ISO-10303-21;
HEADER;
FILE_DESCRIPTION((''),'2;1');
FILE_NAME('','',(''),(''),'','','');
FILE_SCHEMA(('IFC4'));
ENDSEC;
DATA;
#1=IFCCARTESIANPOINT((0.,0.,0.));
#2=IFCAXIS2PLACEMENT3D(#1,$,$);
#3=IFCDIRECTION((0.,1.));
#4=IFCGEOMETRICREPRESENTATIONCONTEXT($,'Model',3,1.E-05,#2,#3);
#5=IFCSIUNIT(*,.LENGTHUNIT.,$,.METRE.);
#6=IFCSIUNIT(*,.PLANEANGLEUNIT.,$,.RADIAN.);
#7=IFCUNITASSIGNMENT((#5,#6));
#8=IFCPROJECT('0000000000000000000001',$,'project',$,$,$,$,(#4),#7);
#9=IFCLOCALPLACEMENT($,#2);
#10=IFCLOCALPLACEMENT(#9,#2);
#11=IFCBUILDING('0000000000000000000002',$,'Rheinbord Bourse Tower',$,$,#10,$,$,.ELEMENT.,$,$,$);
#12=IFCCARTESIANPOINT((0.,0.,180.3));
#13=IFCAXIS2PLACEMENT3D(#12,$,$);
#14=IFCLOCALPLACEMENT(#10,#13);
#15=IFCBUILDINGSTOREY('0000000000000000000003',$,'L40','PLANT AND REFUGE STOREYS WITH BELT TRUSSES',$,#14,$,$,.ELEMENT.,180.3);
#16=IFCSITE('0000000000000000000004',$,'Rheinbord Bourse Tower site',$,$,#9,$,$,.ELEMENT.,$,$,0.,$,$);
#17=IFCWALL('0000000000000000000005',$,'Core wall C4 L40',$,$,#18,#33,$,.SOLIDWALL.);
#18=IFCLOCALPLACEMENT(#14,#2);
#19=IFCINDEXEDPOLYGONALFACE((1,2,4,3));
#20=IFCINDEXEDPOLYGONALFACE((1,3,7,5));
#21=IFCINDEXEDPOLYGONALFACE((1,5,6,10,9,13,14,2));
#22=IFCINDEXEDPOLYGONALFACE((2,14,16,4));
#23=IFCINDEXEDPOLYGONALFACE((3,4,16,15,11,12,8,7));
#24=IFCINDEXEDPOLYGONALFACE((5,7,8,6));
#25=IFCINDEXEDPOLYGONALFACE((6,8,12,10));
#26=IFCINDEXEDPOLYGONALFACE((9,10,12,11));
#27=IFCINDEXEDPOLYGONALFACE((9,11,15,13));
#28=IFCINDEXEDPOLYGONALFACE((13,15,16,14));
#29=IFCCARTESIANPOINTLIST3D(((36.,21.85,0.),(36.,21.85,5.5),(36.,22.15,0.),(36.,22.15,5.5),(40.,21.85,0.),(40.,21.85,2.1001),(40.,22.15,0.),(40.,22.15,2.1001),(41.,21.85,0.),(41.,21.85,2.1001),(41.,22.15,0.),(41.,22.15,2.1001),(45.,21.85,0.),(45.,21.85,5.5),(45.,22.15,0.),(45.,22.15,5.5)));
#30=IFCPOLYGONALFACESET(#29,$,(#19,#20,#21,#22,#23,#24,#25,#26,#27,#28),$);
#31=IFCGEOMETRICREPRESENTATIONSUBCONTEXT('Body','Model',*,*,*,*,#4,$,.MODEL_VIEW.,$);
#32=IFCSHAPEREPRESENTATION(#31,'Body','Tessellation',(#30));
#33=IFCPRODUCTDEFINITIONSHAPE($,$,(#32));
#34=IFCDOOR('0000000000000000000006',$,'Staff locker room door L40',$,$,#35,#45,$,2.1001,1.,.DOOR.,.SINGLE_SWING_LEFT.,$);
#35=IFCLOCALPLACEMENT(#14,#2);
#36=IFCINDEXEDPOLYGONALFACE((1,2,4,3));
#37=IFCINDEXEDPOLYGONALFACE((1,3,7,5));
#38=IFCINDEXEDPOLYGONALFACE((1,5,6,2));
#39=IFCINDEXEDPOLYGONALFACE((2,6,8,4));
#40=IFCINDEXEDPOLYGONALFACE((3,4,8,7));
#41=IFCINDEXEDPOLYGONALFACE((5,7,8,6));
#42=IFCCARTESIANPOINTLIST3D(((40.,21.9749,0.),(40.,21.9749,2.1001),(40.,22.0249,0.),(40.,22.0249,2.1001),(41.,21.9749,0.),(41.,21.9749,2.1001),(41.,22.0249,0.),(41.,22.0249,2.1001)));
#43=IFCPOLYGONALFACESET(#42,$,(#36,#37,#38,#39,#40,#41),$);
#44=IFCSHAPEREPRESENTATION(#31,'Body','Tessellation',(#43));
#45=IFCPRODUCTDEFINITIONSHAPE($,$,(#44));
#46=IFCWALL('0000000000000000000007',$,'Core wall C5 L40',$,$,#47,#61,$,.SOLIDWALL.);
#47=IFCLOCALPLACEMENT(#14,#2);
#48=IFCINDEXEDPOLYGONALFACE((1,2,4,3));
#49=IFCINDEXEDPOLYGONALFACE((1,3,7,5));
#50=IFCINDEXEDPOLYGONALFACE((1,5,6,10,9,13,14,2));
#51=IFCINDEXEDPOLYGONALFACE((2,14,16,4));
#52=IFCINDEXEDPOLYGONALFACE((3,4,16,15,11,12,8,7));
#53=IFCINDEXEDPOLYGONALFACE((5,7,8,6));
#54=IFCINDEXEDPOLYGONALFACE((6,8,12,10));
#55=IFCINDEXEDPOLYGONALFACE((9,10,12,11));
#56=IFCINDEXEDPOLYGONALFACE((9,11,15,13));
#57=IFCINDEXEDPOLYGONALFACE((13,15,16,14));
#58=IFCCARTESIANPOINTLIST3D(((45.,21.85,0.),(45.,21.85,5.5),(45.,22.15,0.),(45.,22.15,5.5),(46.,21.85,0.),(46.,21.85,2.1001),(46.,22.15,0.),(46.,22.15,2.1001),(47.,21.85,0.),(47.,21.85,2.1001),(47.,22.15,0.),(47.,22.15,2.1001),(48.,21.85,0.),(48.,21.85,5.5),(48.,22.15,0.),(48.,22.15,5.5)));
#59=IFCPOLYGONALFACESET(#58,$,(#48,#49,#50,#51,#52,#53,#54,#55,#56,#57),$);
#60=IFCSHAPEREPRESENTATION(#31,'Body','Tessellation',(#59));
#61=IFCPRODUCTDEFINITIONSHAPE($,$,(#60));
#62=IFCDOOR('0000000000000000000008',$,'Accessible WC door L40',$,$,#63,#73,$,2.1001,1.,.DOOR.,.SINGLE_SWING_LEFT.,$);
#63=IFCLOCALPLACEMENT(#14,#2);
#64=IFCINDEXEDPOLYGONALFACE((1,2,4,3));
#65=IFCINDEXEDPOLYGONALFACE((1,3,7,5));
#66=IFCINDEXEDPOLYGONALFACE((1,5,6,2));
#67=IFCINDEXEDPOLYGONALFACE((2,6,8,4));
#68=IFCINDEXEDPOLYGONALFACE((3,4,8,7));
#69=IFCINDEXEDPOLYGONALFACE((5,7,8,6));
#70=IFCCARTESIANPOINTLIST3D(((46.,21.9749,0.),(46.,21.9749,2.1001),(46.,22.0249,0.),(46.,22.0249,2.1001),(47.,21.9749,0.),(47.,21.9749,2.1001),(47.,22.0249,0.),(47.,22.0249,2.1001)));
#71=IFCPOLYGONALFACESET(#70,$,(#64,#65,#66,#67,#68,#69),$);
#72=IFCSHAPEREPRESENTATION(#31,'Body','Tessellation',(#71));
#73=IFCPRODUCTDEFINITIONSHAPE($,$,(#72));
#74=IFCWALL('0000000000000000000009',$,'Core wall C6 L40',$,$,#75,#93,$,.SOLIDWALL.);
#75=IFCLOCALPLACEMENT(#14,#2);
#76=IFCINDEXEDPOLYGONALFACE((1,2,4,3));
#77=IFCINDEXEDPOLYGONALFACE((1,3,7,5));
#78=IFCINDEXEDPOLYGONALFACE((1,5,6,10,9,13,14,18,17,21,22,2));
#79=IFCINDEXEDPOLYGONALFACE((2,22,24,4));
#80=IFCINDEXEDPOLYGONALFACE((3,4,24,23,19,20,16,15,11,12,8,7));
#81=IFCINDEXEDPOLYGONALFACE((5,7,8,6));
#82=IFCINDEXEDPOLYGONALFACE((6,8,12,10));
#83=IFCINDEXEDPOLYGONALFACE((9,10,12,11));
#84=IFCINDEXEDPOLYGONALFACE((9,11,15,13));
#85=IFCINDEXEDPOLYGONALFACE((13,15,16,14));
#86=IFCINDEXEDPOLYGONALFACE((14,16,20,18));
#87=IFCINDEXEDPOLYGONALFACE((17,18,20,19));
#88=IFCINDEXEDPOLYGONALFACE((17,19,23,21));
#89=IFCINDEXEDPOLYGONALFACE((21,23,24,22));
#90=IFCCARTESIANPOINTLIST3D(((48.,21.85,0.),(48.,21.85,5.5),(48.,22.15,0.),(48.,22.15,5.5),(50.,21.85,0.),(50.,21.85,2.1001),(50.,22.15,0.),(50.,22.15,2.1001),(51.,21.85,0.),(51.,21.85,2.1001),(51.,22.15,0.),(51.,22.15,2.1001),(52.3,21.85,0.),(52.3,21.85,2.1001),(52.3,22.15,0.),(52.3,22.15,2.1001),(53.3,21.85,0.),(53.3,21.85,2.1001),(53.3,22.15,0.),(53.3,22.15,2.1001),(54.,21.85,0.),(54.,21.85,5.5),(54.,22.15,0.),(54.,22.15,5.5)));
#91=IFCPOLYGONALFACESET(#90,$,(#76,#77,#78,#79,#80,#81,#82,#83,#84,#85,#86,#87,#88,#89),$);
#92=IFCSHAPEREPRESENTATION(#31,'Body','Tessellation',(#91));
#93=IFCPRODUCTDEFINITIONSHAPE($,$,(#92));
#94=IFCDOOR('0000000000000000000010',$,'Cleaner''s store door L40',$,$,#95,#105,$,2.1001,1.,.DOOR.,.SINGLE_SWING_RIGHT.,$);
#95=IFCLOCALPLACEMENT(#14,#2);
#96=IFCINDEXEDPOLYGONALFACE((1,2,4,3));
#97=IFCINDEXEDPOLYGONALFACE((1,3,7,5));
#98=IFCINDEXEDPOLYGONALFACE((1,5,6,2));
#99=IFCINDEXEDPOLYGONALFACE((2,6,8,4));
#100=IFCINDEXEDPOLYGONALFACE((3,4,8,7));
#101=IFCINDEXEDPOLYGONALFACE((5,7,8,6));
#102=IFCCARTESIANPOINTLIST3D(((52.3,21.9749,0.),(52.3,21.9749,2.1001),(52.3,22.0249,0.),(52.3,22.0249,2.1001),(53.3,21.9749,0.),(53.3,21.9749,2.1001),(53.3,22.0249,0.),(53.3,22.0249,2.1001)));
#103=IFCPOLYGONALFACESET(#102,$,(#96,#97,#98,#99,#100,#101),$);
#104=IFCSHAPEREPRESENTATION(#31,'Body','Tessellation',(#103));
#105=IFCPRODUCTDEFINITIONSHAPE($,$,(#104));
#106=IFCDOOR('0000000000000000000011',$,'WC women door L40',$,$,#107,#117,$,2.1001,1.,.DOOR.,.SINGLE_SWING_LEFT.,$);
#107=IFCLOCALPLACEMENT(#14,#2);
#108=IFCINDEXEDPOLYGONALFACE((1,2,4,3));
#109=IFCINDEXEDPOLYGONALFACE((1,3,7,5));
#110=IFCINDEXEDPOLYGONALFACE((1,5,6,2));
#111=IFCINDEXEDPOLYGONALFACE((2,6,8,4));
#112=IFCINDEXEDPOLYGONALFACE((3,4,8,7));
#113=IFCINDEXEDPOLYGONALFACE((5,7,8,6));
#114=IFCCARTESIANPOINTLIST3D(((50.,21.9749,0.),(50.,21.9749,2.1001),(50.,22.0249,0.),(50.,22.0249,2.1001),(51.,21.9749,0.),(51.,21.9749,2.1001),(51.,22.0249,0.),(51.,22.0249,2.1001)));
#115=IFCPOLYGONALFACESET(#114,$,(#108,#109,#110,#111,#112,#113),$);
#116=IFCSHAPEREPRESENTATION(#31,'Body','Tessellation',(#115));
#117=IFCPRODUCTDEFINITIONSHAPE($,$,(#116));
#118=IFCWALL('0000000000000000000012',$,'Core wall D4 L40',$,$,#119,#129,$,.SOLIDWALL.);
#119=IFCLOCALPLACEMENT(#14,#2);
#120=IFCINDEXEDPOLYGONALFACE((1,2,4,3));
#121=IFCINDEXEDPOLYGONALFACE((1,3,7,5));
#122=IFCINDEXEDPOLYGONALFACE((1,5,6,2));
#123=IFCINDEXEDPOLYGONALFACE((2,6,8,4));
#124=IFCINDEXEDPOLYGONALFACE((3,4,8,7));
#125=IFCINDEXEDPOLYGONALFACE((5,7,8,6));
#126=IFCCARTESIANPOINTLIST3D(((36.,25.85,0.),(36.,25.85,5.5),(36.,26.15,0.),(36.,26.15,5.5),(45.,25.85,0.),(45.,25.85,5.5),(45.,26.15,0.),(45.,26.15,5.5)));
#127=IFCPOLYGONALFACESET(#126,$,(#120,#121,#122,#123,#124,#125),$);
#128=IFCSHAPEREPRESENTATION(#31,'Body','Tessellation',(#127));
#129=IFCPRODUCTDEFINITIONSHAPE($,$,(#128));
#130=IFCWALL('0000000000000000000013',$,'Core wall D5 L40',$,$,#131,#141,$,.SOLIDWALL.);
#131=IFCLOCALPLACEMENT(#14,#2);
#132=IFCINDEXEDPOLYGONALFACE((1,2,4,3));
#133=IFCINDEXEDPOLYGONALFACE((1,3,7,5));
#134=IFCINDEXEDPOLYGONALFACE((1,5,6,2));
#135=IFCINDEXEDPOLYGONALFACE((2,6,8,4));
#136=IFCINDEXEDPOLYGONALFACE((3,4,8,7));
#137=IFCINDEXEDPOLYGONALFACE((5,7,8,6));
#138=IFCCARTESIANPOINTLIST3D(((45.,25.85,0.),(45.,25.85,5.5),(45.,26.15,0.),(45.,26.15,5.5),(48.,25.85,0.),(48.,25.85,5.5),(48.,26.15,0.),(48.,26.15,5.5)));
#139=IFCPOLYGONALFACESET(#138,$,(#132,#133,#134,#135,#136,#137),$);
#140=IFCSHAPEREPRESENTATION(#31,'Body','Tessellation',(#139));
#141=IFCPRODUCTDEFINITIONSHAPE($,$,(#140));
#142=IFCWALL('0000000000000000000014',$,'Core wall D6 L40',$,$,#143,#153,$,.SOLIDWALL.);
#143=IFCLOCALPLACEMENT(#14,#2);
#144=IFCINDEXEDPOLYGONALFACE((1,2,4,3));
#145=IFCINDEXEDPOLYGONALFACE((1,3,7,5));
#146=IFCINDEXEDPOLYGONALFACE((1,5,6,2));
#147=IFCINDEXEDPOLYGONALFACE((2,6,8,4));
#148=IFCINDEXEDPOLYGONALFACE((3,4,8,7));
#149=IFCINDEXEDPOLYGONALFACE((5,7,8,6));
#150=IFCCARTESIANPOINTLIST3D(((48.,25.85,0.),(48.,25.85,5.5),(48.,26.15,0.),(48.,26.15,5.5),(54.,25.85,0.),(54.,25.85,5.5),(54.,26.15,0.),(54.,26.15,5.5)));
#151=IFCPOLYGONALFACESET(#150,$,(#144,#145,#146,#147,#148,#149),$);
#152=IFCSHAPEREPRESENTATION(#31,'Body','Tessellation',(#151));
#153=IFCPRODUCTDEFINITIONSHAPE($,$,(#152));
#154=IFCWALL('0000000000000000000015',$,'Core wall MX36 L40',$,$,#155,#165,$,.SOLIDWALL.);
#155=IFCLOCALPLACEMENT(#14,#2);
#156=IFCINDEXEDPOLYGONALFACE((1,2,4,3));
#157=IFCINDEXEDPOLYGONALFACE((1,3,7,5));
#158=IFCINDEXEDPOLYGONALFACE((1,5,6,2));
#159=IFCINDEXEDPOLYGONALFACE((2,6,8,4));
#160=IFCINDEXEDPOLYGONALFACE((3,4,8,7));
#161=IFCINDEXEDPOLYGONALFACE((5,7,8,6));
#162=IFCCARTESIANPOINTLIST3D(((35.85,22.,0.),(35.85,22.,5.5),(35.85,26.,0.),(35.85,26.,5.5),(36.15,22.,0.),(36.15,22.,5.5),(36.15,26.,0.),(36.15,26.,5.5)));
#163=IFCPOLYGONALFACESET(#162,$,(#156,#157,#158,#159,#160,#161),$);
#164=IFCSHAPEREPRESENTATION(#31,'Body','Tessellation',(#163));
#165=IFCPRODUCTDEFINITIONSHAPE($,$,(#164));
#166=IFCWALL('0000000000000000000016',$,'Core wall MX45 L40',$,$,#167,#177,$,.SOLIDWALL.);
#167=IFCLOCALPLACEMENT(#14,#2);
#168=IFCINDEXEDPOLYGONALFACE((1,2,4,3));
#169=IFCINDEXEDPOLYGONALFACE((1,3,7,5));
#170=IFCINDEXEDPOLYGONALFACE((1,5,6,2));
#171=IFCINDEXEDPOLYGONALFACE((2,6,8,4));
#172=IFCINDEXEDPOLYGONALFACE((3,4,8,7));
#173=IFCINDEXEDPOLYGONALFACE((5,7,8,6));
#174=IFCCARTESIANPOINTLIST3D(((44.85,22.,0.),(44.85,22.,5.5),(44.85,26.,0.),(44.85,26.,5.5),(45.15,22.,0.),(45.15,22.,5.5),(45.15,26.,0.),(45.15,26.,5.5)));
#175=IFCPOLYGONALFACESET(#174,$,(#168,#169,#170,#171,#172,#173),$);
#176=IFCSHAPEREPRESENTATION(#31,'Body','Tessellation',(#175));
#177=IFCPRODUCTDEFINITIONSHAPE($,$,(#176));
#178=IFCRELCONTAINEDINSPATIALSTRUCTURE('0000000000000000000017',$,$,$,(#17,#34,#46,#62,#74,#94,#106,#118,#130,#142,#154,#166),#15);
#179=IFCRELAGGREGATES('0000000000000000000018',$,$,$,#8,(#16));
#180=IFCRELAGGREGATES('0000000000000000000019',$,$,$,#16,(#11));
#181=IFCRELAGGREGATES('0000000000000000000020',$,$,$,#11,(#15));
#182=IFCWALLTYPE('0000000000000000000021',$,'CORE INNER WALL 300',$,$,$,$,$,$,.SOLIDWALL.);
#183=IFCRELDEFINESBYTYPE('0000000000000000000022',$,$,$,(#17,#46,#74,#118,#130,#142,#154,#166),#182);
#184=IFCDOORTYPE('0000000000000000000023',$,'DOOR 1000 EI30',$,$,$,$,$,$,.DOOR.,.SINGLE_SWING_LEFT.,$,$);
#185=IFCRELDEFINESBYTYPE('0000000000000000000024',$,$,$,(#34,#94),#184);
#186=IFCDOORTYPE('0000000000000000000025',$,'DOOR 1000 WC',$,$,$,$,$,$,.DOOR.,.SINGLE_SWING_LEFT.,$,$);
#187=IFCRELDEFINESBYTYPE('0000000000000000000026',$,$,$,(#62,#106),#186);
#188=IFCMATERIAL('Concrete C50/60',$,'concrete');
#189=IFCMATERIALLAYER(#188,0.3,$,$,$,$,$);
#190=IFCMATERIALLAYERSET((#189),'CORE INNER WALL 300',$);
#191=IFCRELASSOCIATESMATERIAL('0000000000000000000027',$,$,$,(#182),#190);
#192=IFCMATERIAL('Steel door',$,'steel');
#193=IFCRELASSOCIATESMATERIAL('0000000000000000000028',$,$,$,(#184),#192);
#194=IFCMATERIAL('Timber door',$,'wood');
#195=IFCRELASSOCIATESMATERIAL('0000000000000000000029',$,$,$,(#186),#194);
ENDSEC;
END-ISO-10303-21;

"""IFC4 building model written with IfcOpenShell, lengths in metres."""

from ifc_helpers import new_model, si_unit, direction, frame, frame_2d, origin, place, context, subcontext, project, spatial, rectangle, extrude, material, layer, layer_set, type_object, element, fill, save


model = new_model("IFC4")

# Units and contexts
model_context = context("Model", 3, precision=1e-05, world=origin(), true_north=direction((0.0, 1.0)))
body_context = subcontext(model_context, "Body", "Model", "MODEL_VIEW")
ifc_project = project(units=[si_unit("LENGTHUNIT", "METRE"), si_unit("PLANEANGLEUNIT", "RADIAN")], contexts=[model_context])

# Site, building, storey
site_placement = place(None, origin())
site = spatial("IfcSite", under=ifc_project, at=site_placement, Name="Rheinbord Bourse Tower site", CompositionType="ELEMENT", RefElevation=0.0)
building_placement = place(site_placement, origin())
building = spatial("IfcBuilding", under=site, at=building_placement, Name="Rheinbord Bourse Tower", CompositionType="ELEMENT")
storey_placement = place(building_placement, frame((0.0, 0.0, 180.3)))
storey = spatial("IfcBuildingStorey", under=building, at=storey_placement, Name="L40", Description="PLANT AND REFUGE STOREYS WITH BELT TRUSSES", CompositionType="ELEMENT", Elevation=180.3)

# Shared definitions
ifc_material_1 = material(Name="Concrete C50/60", Category="concrete")
ifc_layer_1 = layer(ifc_material_1, 0.3)
ifc_layer_set_1 = layer_set([ifc_layer_1], Name="CORE INNER WALL 300")
wall_type_1 = type_object("IfcWallType", Name="CORE INNER WALL 300", PredefinedType="SOLIDWALL", material=ifc_layer_set_1)

# Shared definitions
ifc_material_2 = material(Name="Steel door", Category="steel")
door_type_1 = type_object("IfcDoorType", Name="DOOR 1000 EI30", OperationType="SINGLE_SWING_LEFT", PredefinedType="DOOR", material=ifc_material_2)

# Walls, openings, doors
wall_1_placement = place(storey_placement, frame((36.0, 22.0, 0.0), z_axis=(0.0, 0.0, 1.0), x_axis=(1.0, 0.0, 0.0)))
wall_1 = element("IfcWall", 1, at=wall_1_placement, inside=storey, type_object=wall_type_1, Name="Core wall C4 L40", PredefinedType="SOLIDWALL", context=body_context, shape_type="SweptSolid", body=[
    extrude(rectangle(XDim=9.0, YDim=0.3, at=frame_2d((4.5, 0.0))), origin(), (0.0, 0.0, 1.0), 5.5),
])
opening_1_placement = place(wall_1_placement, frame((4.0, 0.0, 0.0)))
opening_1 = element("IfcOpeningElement", 2, at=opening_1_placement, cuts=wall_1, PredefinedType="OPENING", context=body_context, shape_type="SweptSolid", body=[
    extrude(rectangle(XDim=1.0, YDim=2.1001, at=frame_2d((0.5, 1.05))), frame((0.0, 0.1599, 0.0), z_axis=(0.0, -1.0, 0.0), x_axis=(1.0, 0.0, 0.0)), (0.0, 0.0, 1.0), 0.3201),
])
door_1_placement = place(opening_1_placement, origin())
door_1 = element("IfcDoor", 3, at=door_1_placement, inside=storey, type_object=door_type_1, Name="Staff locker room door L40", OperationType="SINGLE_SWING_LEFT", OverallHeight=2.1001, OverallWidth=1.0, PredefinedType="DOOR", context=body_context, shape_type="SweptSolid", body=[
    extrude(rectangle(XDim=1.0, YDim=2.1001, at=frame_2d((0.5, 1.05))), frame((0.0, 0.0249, 0.0), z_axis=(0.0, -1.0, 0.0), x_axis=(1.0, 0.0, 0.0)), (0.0, 0.0, 1.0), 0.05),
])
fill(opening_1, door_1)
wall_2_placement = place(storey_placement, frame((45.0, 22.0, 0.0), z_axis=(0.0, 0.0, 1.0), x_axis=(1.0, 0.0, 0.0)))
wall_2 = element("IfcWall", 4, at=wall_2_placement, inside=storey, type_object=wall_type_1, Name="Core wall C5 L40", PredefinedType="SOLIDWALL", context=body_context, shape_type="SweptSolid", body=[
    extrude(rectangle(XDim=3.0, YDim=0.3, at=frame_2d((1.5, 0.0))), origin(), (0.0, 0.0, 1.0), 5.5),
])
opening_2_placement = place(wall_2_placement, frame((1.0, 0.0, 0.0)))
opening_2 = element("IfcOpeningElement", 5, at=opening_2_placement, cuts=wall_2, PredefinedType="OPENING", context=body_context, shape_type="SweptSolid", body=[
    extrude(rectangle(XDim=1.0, YDim=2.1001, at=frame_2d((0.5, 1.05))), frame((0.0, 0.1599, 0.0), z_axis=(0.0, -1.0, 0.0), x_axis=(1.0, 0.0, 0.0)), (0.0, 0.0, 1.0), 0.3201),
])
ifc_material_3 = material(Name="Timber door", Category="wood")
door_type_2 = type_object("IfcDoorType", Name="DOOR 1000 WC", OperationType="SINGLE_SWING_LEFT", PredefinedType="DOOR", material=ifc_material_3)
door_2_placement = place(opening_2_placement, origin())
door_2 = element("IfcDoor", 6, at=door_2_placement, inside=storey, type_object=door_type_2, Name="Accessible WC door L40", OperationType="SINGLE_SWING_LEFT", OverallHeight=2.1001, OverallWidth=1.0, PredefinedType="DOOR", context=body_context, shape_type="SweptSolid", body=[
    extrude(rectangle(XDim=1.0, YDim=2.1001, at=frame_2d((0.5, 1.05))), frame((0.0, 0.0249, 0.0), z_axis=(0.0, -1.0, 0.0), x_axis=(1.0, 0.0, 0.0)), (0.0, 0.0, 1.0), 0.05),
])
fill(opening_2, door_2)

# Wall, openings, doors
wall_3_placement = place(storey_placement, frame((48.0, 22.0, 0.0), z_axis=(0.0, 0.0, 1.0), x_axis=(1.0, 0.0, 0.0)))
wall_3 = element("IfcWall", 7, at=wall_3_placement, inside=storey, type_object=wall_type_1, Name="Core wall C6 L40", PredefinedType="SOLIDWALL", context=body_context, shape_type="SweptSolid", body=[
    extrude(rectangle(XDim=6.0, YDim=0.3, at=frame_2d((3.0, 0.0))), origin(), (0.0, 0.0, 1.0), 5.5),
])
opening_3_placement = place(wall_3_placement, frame((2.0, 0.0, 0.0)))
opening_3 = element("IfcOpeningElement", 8, at=opening_3_placement, cuts=wall_3, PredefinedType="OPENING", context=body_context, shape_type="SweptSolid", body=[
    extrude(rectangle(XDim=1.0, YDim=2.1001, at=frame_2d((0.5, 1.05))), frame((0.0, 0.1599, 0.0), z_axis=(0.0, -1.0, 0.0), x_axis=(1.0, 0.0, 0.0)), (0.0, 0.0, 1.0), 0.3201),
])
opening_4_placement = place(wall_3_placement, frame((4.3, 0.0, 0.0)))
opening_4 = element("IfcOpeningElement", 9, at=opening_4_placement, cuts=wall_3, PredefinedType="OPENING", context=body_context, shape_type="SweptSolid", body=[
    extrude(rectangle(XDim=1.0, YDim=2.1001, at=frame_2d((0.5, 1.05))), frame((0.0, 0.1599, 0.0), z_axis=(0.0, -1.0, 0.0), x_axis=(1.0, 0.0, 0.0)), (0.0, 0.0, 1.0), 0.3201),
])
door_3_placement = place(opening_4_placement, origin())
door_3 = element("IfcDoor", 10, at=door_3_placement, inside=storey, type_object=door_type_1, Name="Cleaner's store door L40", OperationType="SINGLE_SWING_RIGHT", OverallHeight=2.1001, OverallWidth=1.0, PredefinedType="DOOR", context=body_context, shape_type="SweptSolid", body=[
    extrude(rectangle(XDim=1.0, YDim=2.1001, at=frame_2d((0.5, 1.05))), frame((0.0, 0.0249, 0.0), z_axis=(0.0, -1.0, 0.0), x_axis=(1.0, 0.0, 0.0)), (0.0, 0.0, 1.0), 0.05),
])
fill(opening_4, door_3)
door_4_placement = place(opening_3_placement, origin())
door_4 = element("IfcDoor", 11, at=door_4_placement, inside=storey, type_object=door_type_2, Name="WC women door L40", OperationType="SINGLE_SWING_LEFT", OverallHeight=2.1001, OverallWidth=1.0, PredefinedType="DOOR", context=body_context, shape_type="SweptSolid", body=[
    extrude(rectangle(XDim=1.0, YDim=2.1001, at=frame_2d((0.5, 1.05))), frame((0.0, 0.0249, 0.0), z_axis=(0.0, -1.0, 0.0), x_axis=(1.0, 0.0, 0.0)), (0.0, 0.0, 1.0), 0.05),
])
fill(opening_3, door_4)

# Walls
wall_4_placement = place(storey_placement, frame((36.0, 26.0, 0.0), z_axis=(0.0, 0.0, 1.0), x_axis=(1.0, 0.0, 0.0)))
element("IfcWall", 12, at=wall_4_placement, inside=storey, type_object=wall_type_1, Name="Core wall D4 L40", PredefinedType="SOLIDWALL", context=body_context, shape_type="SweptSolid", body=[
    extrude(rectangle(XDim=9.0, YDim=0.3, at=frame_2d((4.5, 0.0))), origin(), (0.0, 0.0, 1.0), 5.5),
])
wall_5_placement = place(storey_placement, frame((45.0, 26.0, 0.0), z_axis=(0.0, 0.0, 1.0), x_axis=(1.0, 0.0, 0.0)))
element("IfcWall", 13, at=wall_5_placement, inside=storey, type_object=wall_type_1, Name="Core wall D5 L40", PredefinedType="SOLIDWALL", context=body_context, shape_type="SweptSolid", body=[
    extrude(rectangle(XDim=3.0, YDim=0.3, at=frame_2d((1.5, 0.0))), origin(), (0.0, 0.0, 1.0), 5.5),
])
wall_6_placement = place(storey_placement, frame((48.0, 26.0, 0.0), z_axis=(0.0, 0.0, 1.0), x_axis=(1.0, 0.0, 0.0)))
element("IfcWall", 14, at=wall_6_placement, inside=storey, type_object=wall_type_1, Name="Core wall D6 L40", PredefinedType="SOLIDWALL", context=body_context, shape_type="SweptSolid", body=[
    extrude(rectangle(XDim=6.0, YDim=0.3, at=frame_2d((3.0, 0.0))), origin(), (0.0, 0.0, 1.0), 5.5),
])
for number, where, z_axis, x_axis, name in (
    (15, (36.0, 22.0, 0.0), (0.0, 0.0, 1.0), (0.0, 1.0, 0.0), "Core wall MX36 L40"),
    (16, (45.0, 22.0, 0.0), (0.0, 0.0, 1.0), (0.0, 1.0, 0.0), "Core wall MX45 L40"),
):
    element("IfcWall", number, at=place(storey_placement, frame(where, z_axis=z_axis, x_axis=x_axis)), inside=storey, type_object=wall_type_1, Name=name, PredefinedType="SOLIDWALL", context=body_context, shape_type="SweptSolid", body=[
        extrude(rectangle(XDim=4.0, YDim=0.3, at=frame_2d((2.0, 0.0))), origin(), (0.0, 0.0, 1.0), 5.5),
    ])

save(model, "model.ifc")
